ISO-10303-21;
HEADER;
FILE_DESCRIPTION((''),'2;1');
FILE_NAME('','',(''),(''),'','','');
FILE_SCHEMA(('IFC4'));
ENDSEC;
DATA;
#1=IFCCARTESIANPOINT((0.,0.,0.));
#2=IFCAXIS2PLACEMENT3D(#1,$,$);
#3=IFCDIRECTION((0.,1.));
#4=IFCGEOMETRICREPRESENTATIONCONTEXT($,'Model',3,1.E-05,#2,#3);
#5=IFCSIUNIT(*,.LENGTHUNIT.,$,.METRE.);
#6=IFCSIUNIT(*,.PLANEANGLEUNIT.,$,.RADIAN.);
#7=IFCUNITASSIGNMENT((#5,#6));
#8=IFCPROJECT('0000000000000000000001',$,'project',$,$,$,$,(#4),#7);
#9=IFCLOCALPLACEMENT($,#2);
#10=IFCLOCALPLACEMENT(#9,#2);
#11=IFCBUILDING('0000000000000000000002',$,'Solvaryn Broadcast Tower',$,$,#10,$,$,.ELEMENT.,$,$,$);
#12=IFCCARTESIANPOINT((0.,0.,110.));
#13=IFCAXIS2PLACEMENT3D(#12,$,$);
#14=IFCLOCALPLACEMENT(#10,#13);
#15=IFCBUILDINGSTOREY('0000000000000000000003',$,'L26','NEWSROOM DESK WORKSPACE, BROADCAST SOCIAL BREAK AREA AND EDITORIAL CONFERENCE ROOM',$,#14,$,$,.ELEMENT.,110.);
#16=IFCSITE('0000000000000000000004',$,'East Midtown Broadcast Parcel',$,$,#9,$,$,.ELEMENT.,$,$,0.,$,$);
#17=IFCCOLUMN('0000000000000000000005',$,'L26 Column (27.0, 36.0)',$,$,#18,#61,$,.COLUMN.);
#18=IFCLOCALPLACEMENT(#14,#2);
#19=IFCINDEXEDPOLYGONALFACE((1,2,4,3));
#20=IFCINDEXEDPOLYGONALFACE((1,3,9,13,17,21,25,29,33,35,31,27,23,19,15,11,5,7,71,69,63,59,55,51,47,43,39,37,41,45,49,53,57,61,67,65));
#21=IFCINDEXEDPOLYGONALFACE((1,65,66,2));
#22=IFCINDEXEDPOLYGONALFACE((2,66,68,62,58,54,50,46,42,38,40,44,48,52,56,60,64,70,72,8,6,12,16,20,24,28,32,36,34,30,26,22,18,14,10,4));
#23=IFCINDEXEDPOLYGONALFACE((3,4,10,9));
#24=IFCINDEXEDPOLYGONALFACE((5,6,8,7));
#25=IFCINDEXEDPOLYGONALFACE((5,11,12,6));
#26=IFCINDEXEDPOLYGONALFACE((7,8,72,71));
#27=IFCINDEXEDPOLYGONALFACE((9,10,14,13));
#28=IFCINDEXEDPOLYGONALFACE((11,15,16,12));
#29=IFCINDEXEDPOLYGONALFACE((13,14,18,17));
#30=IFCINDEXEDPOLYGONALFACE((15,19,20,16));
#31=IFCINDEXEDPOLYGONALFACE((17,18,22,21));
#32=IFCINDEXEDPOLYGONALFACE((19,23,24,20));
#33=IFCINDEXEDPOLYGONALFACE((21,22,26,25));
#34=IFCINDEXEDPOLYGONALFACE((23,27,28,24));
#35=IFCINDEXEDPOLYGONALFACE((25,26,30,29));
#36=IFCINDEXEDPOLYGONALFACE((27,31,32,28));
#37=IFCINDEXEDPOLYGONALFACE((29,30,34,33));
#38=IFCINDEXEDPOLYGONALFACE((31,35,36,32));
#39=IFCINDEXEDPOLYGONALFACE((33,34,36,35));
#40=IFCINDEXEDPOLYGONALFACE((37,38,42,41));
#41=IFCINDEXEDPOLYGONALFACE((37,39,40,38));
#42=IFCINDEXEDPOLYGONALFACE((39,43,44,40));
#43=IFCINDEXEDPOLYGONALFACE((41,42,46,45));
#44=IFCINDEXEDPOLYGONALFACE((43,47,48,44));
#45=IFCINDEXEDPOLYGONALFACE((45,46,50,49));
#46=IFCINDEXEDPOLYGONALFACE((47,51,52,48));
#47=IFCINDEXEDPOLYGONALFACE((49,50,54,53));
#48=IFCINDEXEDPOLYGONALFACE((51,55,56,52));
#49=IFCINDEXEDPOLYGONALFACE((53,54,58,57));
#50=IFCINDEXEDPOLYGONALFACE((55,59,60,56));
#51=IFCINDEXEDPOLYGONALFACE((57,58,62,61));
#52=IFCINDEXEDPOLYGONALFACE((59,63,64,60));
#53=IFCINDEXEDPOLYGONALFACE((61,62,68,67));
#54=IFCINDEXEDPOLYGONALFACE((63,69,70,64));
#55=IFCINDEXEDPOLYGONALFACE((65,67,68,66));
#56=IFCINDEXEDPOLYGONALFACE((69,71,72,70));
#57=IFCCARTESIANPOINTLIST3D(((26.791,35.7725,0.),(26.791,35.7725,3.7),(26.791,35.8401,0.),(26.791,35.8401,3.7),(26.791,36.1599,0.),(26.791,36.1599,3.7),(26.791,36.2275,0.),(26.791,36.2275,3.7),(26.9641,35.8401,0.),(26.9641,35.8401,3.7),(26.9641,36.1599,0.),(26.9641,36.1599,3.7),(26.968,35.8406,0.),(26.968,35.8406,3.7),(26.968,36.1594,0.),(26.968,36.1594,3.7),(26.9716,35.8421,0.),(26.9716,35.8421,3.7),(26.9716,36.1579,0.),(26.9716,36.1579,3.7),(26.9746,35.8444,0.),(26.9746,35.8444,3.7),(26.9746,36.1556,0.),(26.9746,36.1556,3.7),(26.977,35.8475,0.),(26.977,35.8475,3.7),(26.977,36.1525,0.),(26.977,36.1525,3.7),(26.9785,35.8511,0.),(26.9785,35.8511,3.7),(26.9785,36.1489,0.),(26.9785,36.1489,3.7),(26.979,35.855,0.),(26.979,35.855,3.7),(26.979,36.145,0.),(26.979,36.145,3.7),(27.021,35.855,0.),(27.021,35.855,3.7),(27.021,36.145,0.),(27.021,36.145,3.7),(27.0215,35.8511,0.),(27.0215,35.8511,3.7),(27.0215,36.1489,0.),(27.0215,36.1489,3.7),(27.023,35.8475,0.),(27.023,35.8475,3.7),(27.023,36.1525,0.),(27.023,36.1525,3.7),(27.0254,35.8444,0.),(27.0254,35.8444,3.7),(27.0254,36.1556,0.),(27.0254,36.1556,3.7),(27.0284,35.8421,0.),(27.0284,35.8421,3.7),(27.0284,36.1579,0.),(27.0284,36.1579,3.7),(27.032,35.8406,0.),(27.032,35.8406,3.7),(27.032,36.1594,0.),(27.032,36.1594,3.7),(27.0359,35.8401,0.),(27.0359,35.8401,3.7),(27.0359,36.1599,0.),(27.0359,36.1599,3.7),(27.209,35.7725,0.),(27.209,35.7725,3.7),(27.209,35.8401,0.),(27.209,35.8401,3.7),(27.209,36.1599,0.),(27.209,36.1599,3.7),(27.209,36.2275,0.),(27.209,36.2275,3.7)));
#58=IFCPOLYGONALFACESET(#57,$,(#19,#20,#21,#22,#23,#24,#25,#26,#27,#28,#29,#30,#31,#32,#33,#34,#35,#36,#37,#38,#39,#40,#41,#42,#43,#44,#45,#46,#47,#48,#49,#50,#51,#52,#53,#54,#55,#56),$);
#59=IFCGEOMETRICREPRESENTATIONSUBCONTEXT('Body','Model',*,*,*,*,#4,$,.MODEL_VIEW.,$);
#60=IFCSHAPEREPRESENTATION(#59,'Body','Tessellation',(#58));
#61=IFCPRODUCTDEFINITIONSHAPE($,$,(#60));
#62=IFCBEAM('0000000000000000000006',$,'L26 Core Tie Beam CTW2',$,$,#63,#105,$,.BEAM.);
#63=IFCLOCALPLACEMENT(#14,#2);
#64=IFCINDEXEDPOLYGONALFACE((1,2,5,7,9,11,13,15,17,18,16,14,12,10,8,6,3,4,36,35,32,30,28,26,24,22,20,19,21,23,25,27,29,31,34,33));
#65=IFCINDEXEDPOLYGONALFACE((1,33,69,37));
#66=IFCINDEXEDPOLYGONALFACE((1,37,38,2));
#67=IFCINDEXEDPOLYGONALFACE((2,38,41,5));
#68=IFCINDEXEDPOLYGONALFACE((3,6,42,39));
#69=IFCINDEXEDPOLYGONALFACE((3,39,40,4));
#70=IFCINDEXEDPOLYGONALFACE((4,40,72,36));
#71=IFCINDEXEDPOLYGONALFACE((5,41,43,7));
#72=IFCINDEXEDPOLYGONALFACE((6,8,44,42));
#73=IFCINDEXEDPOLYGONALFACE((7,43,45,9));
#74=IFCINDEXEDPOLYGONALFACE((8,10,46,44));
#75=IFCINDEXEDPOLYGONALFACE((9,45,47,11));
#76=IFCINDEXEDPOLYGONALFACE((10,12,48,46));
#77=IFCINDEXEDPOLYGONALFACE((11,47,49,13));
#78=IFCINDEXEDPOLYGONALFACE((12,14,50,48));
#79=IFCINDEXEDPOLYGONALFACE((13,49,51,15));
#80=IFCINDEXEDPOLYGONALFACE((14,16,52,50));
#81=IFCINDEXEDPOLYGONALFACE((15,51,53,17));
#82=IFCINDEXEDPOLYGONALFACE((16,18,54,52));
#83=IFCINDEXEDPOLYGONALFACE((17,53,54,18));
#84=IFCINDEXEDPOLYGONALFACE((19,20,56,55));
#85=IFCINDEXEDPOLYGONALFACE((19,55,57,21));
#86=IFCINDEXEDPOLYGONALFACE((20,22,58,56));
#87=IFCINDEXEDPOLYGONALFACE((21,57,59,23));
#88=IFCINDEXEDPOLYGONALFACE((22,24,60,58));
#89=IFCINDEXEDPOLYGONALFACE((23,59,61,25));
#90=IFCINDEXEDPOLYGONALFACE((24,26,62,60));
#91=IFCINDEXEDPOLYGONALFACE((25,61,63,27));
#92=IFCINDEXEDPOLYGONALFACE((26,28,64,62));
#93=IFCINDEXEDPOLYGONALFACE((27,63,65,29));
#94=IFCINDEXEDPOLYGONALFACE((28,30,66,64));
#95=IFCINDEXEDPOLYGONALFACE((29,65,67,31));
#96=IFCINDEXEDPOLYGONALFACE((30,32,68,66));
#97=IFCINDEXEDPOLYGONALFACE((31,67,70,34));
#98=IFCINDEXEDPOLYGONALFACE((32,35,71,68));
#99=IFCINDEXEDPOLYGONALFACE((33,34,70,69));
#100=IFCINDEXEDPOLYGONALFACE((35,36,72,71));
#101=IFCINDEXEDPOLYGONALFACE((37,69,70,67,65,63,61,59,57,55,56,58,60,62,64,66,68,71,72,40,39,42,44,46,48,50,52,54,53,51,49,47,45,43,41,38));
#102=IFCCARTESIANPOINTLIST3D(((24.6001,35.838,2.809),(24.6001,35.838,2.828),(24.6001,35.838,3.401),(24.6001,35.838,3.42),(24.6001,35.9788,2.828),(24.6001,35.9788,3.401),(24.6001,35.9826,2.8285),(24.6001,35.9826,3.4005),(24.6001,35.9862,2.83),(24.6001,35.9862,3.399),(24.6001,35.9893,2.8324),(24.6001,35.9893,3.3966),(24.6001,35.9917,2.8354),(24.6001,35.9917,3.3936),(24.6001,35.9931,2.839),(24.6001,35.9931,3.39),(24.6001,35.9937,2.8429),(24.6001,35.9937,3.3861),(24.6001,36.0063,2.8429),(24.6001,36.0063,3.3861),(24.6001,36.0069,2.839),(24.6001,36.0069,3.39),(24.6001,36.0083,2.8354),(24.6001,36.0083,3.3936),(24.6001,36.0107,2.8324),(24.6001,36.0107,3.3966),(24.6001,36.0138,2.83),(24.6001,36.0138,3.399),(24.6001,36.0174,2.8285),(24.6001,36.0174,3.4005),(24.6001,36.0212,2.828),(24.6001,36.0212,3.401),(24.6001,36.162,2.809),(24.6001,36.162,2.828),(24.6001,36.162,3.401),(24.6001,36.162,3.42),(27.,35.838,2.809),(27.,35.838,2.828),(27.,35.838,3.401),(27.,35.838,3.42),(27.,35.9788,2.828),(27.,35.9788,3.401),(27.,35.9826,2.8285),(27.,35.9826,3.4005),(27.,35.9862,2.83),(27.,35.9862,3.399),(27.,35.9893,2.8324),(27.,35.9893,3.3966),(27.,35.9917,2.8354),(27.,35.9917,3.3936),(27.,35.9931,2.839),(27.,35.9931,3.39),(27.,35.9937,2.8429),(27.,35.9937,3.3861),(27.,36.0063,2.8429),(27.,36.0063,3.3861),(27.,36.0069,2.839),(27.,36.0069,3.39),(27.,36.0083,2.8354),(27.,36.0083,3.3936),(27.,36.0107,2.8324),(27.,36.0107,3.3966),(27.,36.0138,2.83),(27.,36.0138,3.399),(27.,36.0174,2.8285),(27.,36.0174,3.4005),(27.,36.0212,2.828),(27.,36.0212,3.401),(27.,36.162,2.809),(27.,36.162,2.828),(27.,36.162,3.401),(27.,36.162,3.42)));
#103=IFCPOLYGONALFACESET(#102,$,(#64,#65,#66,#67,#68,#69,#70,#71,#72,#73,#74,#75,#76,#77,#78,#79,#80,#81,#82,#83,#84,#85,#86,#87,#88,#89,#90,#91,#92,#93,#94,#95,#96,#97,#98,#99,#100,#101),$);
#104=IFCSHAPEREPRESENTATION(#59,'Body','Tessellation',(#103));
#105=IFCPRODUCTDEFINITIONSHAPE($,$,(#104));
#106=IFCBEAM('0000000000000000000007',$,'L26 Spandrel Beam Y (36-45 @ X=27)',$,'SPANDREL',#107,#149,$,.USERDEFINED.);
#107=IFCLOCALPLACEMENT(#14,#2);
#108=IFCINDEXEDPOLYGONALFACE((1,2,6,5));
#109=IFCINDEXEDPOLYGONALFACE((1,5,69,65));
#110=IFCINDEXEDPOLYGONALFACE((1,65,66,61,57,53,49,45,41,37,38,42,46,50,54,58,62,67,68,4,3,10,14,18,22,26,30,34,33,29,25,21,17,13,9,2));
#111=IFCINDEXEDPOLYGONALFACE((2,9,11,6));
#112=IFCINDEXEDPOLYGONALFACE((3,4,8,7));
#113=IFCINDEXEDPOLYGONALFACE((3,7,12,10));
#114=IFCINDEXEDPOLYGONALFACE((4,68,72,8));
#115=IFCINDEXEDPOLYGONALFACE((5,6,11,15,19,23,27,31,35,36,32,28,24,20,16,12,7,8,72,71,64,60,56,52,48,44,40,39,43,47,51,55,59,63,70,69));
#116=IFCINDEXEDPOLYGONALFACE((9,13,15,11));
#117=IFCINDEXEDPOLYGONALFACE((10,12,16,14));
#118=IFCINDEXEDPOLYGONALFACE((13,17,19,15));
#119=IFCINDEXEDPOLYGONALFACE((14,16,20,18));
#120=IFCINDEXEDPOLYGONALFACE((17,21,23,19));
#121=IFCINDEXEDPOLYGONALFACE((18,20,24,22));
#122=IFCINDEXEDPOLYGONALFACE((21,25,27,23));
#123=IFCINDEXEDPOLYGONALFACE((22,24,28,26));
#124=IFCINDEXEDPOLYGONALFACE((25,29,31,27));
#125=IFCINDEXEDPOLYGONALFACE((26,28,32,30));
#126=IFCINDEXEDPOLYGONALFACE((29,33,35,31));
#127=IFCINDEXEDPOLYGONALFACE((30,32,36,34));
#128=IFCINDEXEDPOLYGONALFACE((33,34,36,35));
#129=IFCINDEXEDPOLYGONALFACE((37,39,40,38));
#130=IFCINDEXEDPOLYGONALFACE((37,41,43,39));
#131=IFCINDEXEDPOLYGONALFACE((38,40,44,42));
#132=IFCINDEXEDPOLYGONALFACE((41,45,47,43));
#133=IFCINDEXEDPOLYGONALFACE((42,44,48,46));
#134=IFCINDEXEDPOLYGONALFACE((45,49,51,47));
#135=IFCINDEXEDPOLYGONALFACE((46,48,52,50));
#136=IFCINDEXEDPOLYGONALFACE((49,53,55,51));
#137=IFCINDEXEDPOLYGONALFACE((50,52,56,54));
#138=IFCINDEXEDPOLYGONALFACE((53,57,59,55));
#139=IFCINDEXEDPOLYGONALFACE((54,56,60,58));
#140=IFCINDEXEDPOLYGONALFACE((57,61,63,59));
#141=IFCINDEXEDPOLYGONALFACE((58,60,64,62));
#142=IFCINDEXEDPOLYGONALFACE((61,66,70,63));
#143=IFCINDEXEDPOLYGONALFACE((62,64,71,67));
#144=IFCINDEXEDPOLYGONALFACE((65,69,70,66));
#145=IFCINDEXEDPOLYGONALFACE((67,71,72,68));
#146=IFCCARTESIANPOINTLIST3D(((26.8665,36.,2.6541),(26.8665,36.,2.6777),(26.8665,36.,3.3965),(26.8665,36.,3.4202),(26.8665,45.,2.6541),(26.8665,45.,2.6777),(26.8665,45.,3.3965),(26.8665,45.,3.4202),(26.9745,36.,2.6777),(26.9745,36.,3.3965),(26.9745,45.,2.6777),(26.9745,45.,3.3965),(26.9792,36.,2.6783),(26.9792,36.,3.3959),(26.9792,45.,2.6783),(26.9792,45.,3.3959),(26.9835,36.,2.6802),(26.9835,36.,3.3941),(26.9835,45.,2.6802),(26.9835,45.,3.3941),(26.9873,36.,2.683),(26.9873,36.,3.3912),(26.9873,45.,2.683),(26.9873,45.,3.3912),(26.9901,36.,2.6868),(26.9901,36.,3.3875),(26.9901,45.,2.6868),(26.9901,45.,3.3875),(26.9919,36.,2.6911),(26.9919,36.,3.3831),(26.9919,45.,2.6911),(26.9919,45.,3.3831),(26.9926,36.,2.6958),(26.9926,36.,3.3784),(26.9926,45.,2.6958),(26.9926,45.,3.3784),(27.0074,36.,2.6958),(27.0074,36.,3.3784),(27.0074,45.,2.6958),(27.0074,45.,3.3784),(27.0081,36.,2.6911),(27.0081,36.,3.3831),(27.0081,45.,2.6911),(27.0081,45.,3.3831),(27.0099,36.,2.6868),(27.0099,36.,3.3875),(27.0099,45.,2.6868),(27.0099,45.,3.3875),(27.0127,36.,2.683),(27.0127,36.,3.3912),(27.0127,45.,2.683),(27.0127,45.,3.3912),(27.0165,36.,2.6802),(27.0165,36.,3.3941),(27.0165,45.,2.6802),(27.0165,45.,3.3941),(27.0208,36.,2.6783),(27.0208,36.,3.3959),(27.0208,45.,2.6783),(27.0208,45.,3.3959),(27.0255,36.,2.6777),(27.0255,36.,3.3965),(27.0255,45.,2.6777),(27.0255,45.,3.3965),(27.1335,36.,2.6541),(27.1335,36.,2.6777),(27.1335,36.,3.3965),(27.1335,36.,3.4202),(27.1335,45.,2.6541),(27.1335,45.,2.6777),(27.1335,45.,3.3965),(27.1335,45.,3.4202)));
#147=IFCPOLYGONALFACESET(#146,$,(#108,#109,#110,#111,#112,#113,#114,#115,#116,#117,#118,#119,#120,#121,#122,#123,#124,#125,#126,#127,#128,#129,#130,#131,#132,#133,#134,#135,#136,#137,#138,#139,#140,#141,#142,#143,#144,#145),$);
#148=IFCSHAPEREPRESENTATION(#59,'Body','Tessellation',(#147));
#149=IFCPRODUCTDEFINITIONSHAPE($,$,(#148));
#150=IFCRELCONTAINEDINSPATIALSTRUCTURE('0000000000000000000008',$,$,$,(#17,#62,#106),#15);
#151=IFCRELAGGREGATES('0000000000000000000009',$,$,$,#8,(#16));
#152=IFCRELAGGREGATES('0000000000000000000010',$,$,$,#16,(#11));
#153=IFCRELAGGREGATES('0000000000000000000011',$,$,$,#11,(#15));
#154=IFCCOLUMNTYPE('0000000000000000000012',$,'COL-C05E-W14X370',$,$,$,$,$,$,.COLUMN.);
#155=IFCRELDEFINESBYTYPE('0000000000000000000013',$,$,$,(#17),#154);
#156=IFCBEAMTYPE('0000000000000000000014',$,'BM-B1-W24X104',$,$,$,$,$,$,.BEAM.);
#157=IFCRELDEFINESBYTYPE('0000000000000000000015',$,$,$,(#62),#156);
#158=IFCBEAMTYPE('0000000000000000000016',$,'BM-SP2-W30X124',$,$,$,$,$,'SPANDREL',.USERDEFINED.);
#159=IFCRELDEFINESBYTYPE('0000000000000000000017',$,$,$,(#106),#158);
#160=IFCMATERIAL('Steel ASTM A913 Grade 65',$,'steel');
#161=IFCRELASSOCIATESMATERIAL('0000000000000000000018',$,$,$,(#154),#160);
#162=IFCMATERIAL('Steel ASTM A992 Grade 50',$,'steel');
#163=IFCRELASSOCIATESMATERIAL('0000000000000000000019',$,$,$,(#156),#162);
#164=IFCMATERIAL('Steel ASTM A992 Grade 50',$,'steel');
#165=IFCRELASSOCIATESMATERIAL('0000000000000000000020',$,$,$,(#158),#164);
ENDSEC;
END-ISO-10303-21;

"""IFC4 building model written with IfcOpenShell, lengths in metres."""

from ifc_helpers import new_model, si_unit, direction, frame, origin, origin_2d, place, context, subcontext, project, spatial, i_section, extrude, material, material_profile, profile_set, type_object, element, save


model = new_model("IFC4")

# Units and contexts
model_context = context("Model", 3, precision=1e-05, world=origin(), true_north=direction((0.0, 1.0)))
body_context = subcontext(model_context, "Body", "Model", "MODEL_VIEW")
ifc_project = project(units=[si_unit("LENGTHUNIT", "METRE"), si_unit("PLANEANGLEUNIT", "RADIAN")], contexts=[model_context])

# Site, building, storey
site_placement = place(None, origin())
site = spatial("IfcSite", under=ifc_project, at=site_placement, Name="East Midtown Broadcast Parcel", CompositionType="ELEMENT", RefElevation=0.0)
building_placement = place(site_placement, origin())
building = spatial("IfcBuilding", under=site, at=building_placement, Name="Solvaryn Broadcast Tower", CompositionType="ELEMENT")
storey_placement = place(building_placement, frame((0.0, 0.0, 110.0)))
storey = spatial("IfcBuildingStorey", under=building, at=storey_placement, Name="L26", Description="NEWSROOM DESK WORKSPACE, BROADCAST SOCIAL BREAK AREA AND EDITORIAL CONFERENCE ROOM", CompositionType="ELEMENT", Elevation=110.0)

# Column
ifc_material_1 = material(Name="Steel ASTM A913 Grade 65", Category="steel")
ifc_material_profile_1 = material_profile(ifc_material_1, i_section(OverallWidth=0.418, OverallDepth=0.4551, WebThickness=0.042, FlangeThickness=0.0676, FilletRadius=0.0149, at=origin_2d()))
ifc_profile_set_1 = profile_set([ifc_material_profile_1], Name="Steel ASTM A913 Grade 65")
column_type = type_object("IfcColumnType", Name="COL-C05E-W14X370", PredefinedType="COLUMN", material=ifc_profile_set_1)
column_placement = place(storey_placement, frame((27.0, 36.0, 0.0), z_axis=(0.0, 0.0, 1.0), x_axis=(1.0, 0.0, 0.0)))
element("IfcColumn", 1, at=column_placement, inside=storey, type_object=column_type, Name="L26 Column (27.0, 36.0)", PredefinedType="COLUMN", context=body_context, shape_type="SweptSolid", body=[
    extrude(i_section(OverallWidth=0.418, OverallDepth=0.4551, WebThickness=0.042, FlangeThickness=0.0676, FilletRadius=0.0149, at=origin_2d()), origin(), (0.0, 0.0, 1.0), 3.7),
])

# Beams
ifc_material_2 = material(Name="Steel ASTM A992 Grade 50", Category="steel")
ifc_material_profile_2 = material_profile(ifc_material_2, i_section(OverallWidth=0.324, OverallDepth=0.6111, WebThickness=0.0127, FlangeThickness=0.019, FilletRadius=0.0149, at=origin_2d()))
ifc_profile_set_2 = profile_set([ifc_material_profile_2], Name="Steel ASTM A992 Grade 50")
beam_type_1 = type_object("IfcBeamType", Name="BM-B1-W24X104", PredefinedType="BEAM", material=ifc_profile_set_2)
beam_1_placement = place(storey_placement, frame((24.6001, 36.0, 3.1145), z_axis=(1.0, 0.0, 0.0), x_axis=(0.0, 1.0, 0.0)))
element("IfcBeam", 2, at=beam_1_placement, inside=storey, type_object=beam_type_1, Name="L26 Core Tie Beam CTW2", PredefinedType="BEAM", context=body_context, shape_type="SweptSolid", body=[
    extrude(i_section(OverallWidth=0.324, OverallDepth=0.6111, WebThickness=0.0127, FlangeThickness=0.019, FilletRadius=0.0149, at=origin_2d()), origin(), (0.0, 0.0, 1.0), 2.3999),
])
ifc_material_3 = material(Name="Steel ASTM A992 Grade 50", Category="steel")
ifc_material_profile_3 = material_profile(ifc_material_3, i_section(OverallWidth=0.2671, OverallDepth=0.7661, WebThickness=0.0149, FlangeThickness=0.0237, FilletRadius=0.0181, at=origin_2d()))
ifc_profile_set_3 = profile_set([ifc_material_profile_3], Name="Steel ASTM A992 Grade 50")
beam_type_2 = type_object("IfcBeamType", Name="BM-SP2-W30X124", ElementType="SPANDREL", PredefinedType="USERDEFINED", material=ifc_profile_set_3)
beam_2_placement = place(storey_placement, frame((27.0, 36.0, 3.0371), z_axis=(0.0, 1.0, 0.0), x_axis=(-1.0, 0.0, 0.0)))
element("IfcBeam", 3, at=beam_2_placement, inside=storey, type_object=beam_type_2, Name="L26 Spandrel Beam Y (36-45 @ X=27)", ObjectType="SPANDREL", PredefinedType="USERDEFINED", context=body_context, shape_type="SweptSolid", body=[
    extrude(i_section(OverallWidth=0.2671, OverallDepth=0.7661, WebThickness=0.0149, FlangeThickness=0.0237, FilletRadius=0.0181, at=origin_2d()), origin(), (0.0, 0.0, 1.0), 9.0),
])

save(model, "model.ifc")
